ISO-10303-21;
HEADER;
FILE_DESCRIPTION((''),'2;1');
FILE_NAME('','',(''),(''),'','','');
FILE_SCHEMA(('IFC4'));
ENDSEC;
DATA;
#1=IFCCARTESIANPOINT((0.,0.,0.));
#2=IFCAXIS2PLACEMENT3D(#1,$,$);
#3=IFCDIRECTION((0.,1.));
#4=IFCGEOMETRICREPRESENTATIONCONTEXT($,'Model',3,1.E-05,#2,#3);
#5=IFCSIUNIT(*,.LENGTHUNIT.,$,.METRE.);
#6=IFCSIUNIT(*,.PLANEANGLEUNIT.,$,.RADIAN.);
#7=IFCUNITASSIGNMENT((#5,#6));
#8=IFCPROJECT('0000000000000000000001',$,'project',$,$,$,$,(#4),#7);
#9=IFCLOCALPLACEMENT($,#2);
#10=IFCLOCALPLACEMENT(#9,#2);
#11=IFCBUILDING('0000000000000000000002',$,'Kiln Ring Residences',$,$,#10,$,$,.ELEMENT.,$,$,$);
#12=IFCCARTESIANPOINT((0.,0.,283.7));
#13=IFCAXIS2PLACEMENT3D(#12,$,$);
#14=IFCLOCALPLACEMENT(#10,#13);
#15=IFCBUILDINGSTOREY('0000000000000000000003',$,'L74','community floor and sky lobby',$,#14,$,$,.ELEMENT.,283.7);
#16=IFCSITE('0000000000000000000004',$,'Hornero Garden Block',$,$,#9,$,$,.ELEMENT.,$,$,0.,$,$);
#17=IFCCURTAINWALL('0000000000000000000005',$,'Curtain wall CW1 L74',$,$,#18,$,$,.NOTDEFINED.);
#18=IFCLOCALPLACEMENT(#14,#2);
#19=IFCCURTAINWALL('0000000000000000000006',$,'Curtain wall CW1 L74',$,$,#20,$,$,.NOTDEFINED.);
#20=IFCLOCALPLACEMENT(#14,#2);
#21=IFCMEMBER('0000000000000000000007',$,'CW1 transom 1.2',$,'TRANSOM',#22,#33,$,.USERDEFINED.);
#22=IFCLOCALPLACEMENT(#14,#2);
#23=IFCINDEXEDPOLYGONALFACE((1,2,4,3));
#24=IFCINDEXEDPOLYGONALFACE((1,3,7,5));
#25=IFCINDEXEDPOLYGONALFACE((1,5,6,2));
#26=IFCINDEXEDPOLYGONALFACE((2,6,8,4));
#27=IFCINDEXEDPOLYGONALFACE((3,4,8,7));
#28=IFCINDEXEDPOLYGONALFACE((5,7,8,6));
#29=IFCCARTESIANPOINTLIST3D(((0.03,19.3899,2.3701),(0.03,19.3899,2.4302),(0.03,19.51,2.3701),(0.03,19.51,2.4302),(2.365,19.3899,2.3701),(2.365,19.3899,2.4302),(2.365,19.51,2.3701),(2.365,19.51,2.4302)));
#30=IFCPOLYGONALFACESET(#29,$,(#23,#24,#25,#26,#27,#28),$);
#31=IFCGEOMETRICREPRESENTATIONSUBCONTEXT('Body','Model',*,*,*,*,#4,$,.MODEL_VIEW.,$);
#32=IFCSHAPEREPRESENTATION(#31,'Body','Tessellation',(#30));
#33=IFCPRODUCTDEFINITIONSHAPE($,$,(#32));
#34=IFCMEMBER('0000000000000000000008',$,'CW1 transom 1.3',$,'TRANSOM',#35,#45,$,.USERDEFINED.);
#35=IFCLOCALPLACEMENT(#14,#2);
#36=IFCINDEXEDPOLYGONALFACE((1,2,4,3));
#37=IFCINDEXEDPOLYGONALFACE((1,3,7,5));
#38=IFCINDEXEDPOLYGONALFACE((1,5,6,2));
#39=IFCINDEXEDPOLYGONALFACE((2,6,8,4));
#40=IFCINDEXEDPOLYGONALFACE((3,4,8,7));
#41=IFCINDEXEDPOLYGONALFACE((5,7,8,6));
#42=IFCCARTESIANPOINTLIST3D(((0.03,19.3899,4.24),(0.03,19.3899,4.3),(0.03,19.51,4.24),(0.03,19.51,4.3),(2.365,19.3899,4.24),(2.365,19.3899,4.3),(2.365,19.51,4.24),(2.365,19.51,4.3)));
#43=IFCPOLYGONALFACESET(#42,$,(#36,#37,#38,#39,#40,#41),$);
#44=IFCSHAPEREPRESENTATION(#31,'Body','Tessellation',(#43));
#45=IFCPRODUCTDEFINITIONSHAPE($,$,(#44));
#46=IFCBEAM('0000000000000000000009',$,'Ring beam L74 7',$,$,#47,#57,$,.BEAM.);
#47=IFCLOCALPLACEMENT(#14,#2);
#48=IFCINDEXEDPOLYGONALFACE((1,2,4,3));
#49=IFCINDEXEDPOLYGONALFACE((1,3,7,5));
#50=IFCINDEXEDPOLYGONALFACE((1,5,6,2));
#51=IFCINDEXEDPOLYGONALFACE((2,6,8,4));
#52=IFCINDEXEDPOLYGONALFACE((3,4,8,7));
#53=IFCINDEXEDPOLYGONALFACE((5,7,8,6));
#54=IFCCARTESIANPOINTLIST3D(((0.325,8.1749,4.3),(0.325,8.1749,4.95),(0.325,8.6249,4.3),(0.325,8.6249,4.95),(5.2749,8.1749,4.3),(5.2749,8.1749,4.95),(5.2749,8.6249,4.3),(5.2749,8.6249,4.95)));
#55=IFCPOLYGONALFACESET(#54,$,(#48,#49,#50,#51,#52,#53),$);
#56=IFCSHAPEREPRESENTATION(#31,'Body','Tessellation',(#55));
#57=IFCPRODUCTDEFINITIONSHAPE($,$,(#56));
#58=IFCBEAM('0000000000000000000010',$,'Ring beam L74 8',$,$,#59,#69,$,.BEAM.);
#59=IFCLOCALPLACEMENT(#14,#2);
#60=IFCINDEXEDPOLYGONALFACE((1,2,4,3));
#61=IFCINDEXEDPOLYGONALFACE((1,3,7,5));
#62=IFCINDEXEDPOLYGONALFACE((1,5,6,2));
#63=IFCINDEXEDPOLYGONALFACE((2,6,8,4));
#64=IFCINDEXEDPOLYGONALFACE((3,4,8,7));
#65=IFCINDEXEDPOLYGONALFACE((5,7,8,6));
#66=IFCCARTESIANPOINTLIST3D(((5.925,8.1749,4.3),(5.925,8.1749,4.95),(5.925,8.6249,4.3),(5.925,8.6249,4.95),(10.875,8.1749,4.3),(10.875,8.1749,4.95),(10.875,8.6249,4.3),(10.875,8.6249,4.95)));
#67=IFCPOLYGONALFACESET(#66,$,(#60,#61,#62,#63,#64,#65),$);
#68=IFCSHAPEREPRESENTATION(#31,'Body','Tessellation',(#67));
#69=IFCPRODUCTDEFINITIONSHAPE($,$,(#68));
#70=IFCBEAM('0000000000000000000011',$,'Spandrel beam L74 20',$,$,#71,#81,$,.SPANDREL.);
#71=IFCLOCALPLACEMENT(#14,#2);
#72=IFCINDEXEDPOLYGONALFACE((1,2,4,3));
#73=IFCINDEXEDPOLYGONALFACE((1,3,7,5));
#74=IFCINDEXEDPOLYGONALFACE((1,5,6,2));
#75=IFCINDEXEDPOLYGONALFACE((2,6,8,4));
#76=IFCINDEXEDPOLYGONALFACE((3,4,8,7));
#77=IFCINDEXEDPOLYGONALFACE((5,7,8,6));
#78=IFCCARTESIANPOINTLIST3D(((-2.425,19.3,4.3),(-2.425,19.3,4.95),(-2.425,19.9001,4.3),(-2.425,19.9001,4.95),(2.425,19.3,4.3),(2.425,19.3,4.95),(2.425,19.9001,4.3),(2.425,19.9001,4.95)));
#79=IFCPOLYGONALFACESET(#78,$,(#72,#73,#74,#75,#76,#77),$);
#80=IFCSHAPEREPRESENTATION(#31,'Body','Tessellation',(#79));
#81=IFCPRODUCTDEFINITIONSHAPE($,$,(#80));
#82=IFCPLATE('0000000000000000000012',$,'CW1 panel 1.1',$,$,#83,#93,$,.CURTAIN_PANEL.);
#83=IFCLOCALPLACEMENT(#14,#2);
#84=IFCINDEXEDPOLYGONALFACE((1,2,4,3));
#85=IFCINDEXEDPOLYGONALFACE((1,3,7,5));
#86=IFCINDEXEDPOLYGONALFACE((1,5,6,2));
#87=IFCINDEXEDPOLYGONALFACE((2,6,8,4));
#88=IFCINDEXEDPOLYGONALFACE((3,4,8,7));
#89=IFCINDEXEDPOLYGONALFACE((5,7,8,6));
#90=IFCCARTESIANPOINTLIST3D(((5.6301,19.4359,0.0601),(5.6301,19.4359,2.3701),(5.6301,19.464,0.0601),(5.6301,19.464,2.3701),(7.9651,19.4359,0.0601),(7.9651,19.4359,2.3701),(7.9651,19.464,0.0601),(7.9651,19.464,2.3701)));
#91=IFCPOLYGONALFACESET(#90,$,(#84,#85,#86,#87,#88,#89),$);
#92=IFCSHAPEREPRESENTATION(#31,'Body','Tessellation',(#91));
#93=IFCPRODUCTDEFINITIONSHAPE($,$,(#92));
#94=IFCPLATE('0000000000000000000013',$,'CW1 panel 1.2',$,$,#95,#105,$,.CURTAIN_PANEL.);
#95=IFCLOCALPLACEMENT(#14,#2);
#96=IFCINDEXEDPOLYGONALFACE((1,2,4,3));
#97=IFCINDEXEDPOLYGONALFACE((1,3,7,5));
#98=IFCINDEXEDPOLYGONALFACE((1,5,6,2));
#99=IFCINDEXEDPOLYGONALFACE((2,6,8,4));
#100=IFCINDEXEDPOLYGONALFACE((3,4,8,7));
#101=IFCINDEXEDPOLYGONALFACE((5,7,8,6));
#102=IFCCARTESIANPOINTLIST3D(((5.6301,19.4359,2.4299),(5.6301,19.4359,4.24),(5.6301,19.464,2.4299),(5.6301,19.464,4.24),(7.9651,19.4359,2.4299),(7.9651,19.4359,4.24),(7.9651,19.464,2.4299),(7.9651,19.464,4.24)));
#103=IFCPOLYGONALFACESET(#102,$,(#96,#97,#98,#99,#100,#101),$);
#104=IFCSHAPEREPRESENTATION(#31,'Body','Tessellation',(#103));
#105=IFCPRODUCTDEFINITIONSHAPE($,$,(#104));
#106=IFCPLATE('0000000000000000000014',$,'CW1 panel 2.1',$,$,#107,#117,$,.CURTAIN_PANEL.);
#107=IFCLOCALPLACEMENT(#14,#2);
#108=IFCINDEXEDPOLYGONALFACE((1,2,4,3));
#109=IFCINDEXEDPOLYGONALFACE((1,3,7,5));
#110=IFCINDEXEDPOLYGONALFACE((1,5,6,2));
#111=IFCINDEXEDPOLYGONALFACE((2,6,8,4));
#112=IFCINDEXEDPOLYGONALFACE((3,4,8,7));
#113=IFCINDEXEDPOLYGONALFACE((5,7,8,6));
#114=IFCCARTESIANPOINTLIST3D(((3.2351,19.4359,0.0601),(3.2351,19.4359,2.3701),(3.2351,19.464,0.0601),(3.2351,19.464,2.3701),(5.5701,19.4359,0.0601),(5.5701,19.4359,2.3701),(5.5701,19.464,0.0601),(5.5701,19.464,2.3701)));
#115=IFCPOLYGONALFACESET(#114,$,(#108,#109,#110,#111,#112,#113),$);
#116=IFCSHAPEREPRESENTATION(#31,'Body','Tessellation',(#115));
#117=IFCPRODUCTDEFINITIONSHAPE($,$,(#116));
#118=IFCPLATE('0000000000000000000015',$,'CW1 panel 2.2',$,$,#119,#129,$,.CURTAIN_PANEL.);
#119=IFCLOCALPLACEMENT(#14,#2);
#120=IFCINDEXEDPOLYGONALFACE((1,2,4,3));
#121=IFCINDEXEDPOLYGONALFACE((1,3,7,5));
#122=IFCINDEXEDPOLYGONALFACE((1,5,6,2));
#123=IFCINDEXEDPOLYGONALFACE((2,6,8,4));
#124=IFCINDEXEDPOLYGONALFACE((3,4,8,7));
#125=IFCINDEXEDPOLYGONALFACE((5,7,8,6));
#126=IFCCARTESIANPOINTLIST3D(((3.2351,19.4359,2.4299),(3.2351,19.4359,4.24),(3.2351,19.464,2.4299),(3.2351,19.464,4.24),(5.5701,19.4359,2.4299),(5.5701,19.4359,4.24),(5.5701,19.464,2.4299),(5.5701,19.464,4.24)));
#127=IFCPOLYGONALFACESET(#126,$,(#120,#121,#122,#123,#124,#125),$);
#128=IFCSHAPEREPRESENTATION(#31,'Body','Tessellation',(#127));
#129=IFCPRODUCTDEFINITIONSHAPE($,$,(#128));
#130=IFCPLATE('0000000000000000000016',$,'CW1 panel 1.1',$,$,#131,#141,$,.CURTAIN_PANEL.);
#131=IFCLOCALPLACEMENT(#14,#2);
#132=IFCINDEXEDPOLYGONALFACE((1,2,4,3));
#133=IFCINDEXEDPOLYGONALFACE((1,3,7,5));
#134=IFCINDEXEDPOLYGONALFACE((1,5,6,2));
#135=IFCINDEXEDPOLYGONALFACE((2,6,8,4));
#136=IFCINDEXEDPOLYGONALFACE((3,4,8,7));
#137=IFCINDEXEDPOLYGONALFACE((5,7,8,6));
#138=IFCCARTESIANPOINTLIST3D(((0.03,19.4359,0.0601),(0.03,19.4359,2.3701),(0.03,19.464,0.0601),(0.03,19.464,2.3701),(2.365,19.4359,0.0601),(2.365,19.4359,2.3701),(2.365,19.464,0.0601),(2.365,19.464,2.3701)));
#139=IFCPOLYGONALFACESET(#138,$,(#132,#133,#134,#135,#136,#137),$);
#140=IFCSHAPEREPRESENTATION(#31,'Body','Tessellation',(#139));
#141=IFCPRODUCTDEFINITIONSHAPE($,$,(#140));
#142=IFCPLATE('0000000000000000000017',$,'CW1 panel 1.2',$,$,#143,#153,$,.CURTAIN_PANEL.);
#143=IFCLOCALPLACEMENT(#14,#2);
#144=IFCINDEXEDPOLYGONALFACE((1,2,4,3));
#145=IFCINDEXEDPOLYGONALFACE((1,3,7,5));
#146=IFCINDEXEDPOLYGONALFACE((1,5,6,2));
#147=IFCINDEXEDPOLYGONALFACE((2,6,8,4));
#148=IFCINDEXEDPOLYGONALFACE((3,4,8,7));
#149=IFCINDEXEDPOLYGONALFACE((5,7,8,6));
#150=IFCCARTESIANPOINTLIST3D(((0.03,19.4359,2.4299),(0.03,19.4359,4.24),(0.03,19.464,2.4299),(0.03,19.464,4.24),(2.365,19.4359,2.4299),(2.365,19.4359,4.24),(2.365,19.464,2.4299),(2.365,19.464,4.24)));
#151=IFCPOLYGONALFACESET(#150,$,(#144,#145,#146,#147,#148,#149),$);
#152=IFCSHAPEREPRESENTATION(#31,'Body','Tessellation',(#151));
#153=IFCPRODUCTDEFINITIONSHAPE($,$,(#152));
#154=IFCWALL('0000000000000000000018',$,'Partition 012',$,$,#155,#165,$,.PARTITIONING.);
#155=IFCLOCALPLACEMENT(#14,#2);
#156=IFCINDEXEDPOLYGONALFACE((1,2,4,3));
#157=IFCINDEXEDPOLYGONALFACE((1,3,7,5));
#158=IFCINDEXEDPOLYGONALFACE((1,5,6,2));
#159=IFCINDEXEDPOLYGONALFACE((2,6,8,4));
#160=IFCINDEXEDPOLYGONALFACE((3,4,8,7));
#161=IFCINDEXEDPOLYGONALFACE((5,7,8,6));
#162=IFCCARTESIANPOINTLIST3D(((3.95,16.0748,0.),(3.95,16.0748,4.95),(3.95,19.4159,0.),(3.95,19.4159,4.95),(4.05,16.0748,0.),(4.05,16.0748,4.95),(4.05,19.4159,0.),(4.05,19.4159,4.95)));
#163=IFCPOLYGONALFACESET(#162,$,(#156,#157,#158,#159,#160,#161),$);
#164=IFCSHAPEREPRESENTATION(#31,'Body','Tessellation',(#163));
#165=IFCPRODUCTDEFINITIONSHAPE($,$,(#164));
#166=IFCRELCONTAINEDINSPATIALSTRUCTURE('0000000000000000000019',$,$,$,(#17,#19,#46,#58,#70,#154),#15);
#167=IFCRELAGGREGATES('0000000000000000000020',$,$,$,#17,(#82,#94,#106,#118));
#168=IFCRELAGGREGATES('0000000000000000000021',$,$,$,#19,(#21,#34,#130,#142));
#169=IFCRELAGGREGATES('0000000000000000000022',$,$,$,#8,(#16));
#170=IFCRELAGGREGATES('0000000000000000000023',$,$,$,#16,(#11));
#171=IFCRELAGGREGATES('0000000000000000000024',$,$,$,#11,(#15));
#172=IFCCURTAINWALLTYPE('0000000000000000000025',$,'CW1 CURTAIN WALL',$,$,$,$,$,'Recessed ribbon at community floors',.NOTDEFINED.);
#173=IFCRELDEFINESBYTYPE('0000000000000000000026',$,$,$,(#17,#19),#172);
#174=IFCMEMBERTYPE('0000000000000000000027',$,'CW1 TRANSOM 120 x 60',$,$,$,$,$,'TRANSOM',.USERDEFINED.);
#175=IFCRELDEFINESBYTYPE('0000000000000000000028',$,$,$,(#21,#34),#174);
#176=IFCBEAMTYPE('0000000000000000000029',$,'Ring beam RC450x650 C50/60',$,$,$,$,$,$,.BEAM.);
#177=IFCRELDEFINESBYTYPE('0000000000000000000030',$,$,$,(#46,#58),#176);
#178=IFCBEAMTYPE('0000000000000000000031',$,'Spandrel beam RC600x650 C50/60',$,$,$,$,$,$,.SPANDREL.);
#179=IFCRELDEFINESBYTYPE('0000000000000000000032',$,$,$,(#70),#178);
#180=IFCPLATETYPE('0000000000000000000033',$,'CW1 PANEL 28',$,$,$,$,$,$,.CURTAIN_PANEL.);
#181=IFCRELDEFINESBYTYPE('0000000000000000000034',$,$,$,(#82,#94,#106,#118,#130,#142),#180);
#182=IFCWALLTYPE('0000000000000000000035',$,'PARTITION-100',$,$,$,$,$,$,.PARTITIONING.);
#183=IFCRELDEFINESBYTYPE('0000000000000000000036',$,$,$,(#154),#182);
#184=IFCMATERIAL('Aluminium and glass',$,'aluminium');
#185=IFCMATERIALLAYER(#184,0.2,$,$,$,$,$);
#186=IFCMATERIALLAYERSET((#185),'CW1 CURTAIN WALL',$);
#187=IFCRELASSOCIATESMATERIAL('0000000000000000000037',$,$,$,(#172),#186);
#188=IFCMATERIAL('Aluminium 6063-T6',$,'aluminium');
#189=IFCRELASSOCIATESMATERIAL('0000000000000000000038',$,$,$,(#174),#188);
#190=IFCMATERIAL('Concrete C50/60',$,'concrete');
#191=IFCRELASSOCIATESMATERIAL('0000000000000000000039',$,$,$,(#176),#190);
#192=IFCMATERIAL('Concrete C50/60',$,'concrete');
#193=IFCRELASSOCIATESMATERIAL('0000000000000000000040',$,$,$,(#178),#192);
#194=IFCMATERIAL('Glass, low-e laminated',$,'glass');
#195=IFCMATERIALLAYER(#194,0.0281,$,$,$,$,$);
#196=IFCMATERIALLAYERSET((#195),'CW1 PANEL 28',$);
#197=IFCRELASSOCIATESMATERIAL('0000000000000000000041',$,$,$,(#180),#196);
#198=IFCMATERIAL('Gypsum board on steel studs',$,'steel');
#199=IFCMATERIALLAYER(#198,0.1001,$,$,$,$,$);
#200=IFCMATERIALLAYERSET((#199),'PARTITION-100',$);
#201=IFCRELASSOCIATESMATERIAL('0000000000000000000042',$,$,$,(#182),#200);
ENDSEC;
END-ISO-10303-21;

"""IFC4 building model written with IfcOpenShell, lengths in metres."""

from ifc_helpers import new_model, si_unit, direction, frame, frame_2d, origin, origin_2d, place, context, subcontext, project, spatial, rectangle, extrude, material, layer, layer_set, material_profile, profile_set, type_object, element, aggregate, save


model = new_model("IFC4")

# Units and contexts
model_context = context("Model", 3, precision=1e-05, world=origin(), true_north=direction((0.0, 1.0)))
body_context = subcontext(model_context, "Body", "Model", "MODEL_VIEW")
ifc_project = project(units=[si_unit("LENGTHUNIT", "METRE"), si_unit("PLANEANGLEUNIT", "RADIAN")], contexts=[model_context])

# Site, building, storey
site_placement = place(None, origin())
site = spatial("IfcSite", under=ifc_project, at=site_placement, Name="Hornero Garden Block", CompositionType="ELEMENT", RefElevation=0.0)
building_placement = place(site_placement, origin())
building = spatial("IfcBuilding", under=site, at=building_placement, Name="Kiln Ring Residences", CompositionType="ELEMENT")
storey_placement = place(building_placement, frame((0.0, 0.0, 283.7)))
storey = spatial("IfcBuildingStorey", under=building, at=storey_placement, Name="L74", Description="community floor and sky lobby", CompositionType="ELEMENT", Elevation=283.7)

# Curtain walls
ifc_material_1 = material(Name="Aluminium and glass", Category="aluminium")
ifc_layer_1 = layer(ifc_material_1, 0.2)
ifc_layer_set_1 = layer_set([ifc_layer_1], Name="CW1 CURTAIN WALL")
curtain_wall_type = type_object("IfcCurtainWallType", Name="CW1 CURTAIN WALL", ElementType="Recessed ribbon at community floors", PredefinedType="NOTDEFINED", material=ifc_layer_set_1)
placement = place(storey_placement, origin())
curtain_wall_1 = element("IfcCurtainWall", 1, at=placement, inside=storey, type_object=curtain_wall_type, Name="Curtain wall CW1 L74", PredefinedType="NOTDEFINED")
curtain_wall_2 = element("IfcCurtainWall", 2, at=placement, inside=storey, type_object=curtain_wall_type, Name="Curtain wall CW1 L74", PredefinedType="NOTDEFINED")

# Members
ifc_material_2 = material(Name="Aluminium 6063-T6", Category="aluminium")
ifc_material_profile_1 = material_profile(ifc_material_2, rectangle(XDim=0.1201, YDim=0.0601, at=origin_2d()), Name="AL 120x60")
ifc_profile_set_1 = profile_set([ifc_material_profile_1], Name="Aluminium 6063-T6")
member_type_1 = type_object("IfcMemberType", Name="CW1 TRANSOM 120 x 60", ElementType="TRANSOM", PredefinedType="USERDEFINED", material=ifc_profile_set_1)
member_1_placement = place(storey_placement, frame((2.365, 19.45, 2.4001), z_axis=(-1.0, 0.0, 0.0), x_axis=(0.0, -1.0, 0.0)))
member_1 = element("IfcMember", 3, at=member_1_placement, type_object=member_type_1, Name="CW1 transom 1.2", ObjectType="TRANSOM", PredefinedType="USERDEFINED", context=body_context, shape_type="SweptSolid", body=[
    extrude(rectangle(XDim=0.1201, YDim=0.0601, at=origin_2d()), origin(), (0.0, 0.0, 1.0), 2.335),
])
member_2_placement = place(storey_placement, frame((2.365, 19.45, 4.27), z_axis=(-1.0, 0.0, 0.0), x_axis=(0.0, -1.0, 0.0)))
member_2 = element("IfcMember", 4, at=member_2_placement, type_object=member_type_1, Name="CW1 transom 1.3", ObjectType="TRANSOM", PredefinedType="USERDEFINED", context=body_context, shape_type="SweptSolid", body=[
    extrude(rectangle(XDim=0.1201, YDim=0.0601, at=origin_2d()), origin(), (0.0, 0.0, 1.0), 2.335),
])

# Beams
ifc_material_3 = material(Name="Concrete C50/60", Category="concrete")
ifc_material_profile_2 = material_profile(ifc_material_3, rectangle(XDim=0.45, YDim=0.6499, at=origin_2d()), Name="RC450x650")
ifc_profile_set_2 = profile_set([ifc_material_profile_2], Name="Concrete C50/60")
beam_type_1 = type_object("IfcBeamType", Name="Ring beam RC450x650 C50/60", PredefinedType="BEAM", material=ifc_profile_set_2)
for number, where, z_axis, x_axis, name in (
    (5, (0.325, 8.3999, 4.625), (1.0, 0.0, 0.0), (0.0, 1.0, 0.0), "Ring beam L74 7"),
    (6, (5.925, 8.3999, 4.625), (1.0, 0.0, 0.0), (0.0, 1.0, 0.0), "Ring beam L74 8"),
):
    element("IfcBeam", number, at=place(storey_placement, frame(where, z_axis=z_axis, x_axis=x_axis)), inside=storey, type_object=beam_type_1, Name=name, PredefinedType="BEAM", context=body_context, shape_type="SweptSolid", body=[
        extrude(rectangle(XDim=0.45, YDim=0.6499, at=origin_2d()), origin(), (0.0, 0.0, 1.0), 4.95),
    ])
ifc_material_4 = material(Name="Concrete C50/60", Category="concrete")
ifc_material_profile_3 = material_profile(ifc_material_4, rectangle(XDim=0.6001, YDim=0.6499, at=origin_2d()), Name="RC600x650")
ifc_profile_set_3 = profile_set([ifc_material_profile_3], Name="Concrete C50/60")
beam_type_2 = type_object("IfcBeamType", Name="Spandrel beam RC600x650 C50/60", PredefinedType="SPANDREL", material=ifc_profile_set_3)
beam_placement = place(storey_placement, frame((2.425, 19.6001, 4.625), z_axis=(-1.0, 0.0, 0.0), x_axis=(0.0, -1.0, 0.0)))
element("IfcBeam", 7, at=beam_placement, inside=storey, type_object=beam_type_2, Name="Spandrel beam L74 20", PredefinedType="SPANDREL", context=body_context, shape_type="SweptSolid", body=[
    extrude(rectangle(XDim=0.6001, YDim=0.6499, at=origin_2d()), origin(), (0.0, 0.0, 1.0), 4.8501),
])

# Plates
ifc_material_5 = material(Name="Glass, low-e laminated", Category="glass")
ifc_layer_2 = layer(ifc_material_5, 0.0281)
ifc_layer_set_2 = layer_set([ifc_layer_2], Name="CW1 PANEL 28")
plate_type = type_object("IfcPlateType", Name="CW1 PANEL 28", PredefinedType="CURTAIN_PANEL", material=ifc_layer_set_2)
plate_1_placement = place(storey_placement, frame((6.7976, 19.45, 0.0601), z_axis=(0.0, 0.0, 1.0), x_axis=(-1.0, 0.0, 0.0)))
plate_1 = element("IfcPlate", 8, at=plate_1_placement, type_object=plate_type, Name="CW1 panel 1.1", PredefinedType="CURTAIN_PANEL", context=body_context, shape_type="SweptSolid", body=[
    extrude(rectangle(XDim=2.335, YDim=0.0281, at=origin_2d()), origin(), (0.0, 0.0, 1.0), 2.3101),
])
plate_2_placement = place(storey_placement, frame((6.7976, 19.45, 2.4299), z_axis=(0.0, 0.0, 1.0), x_axis=(-1.0, 0.0, 0.0)))
plate_2 = element("IfcPlate", 9, at=plate_2_placement, type_object=plate_type, Name="CW1 panel 1.2", PredefinedType="CURTAIN_PANEL", context=body_context, shape_type="SweptSolid", body=[
    extrude(rectangle(XDim=2.335, YDim=0.0281, at=origin_2d()), origin(), (0.0, 0.0, 1.0), 1.8101),
])
plate_3_placement = place(storey_placement, frame((4.4026, 19.45, 0.0601), z_axis=(0.0, 0.0, 1.0), x_axis=(-1.0, 0.0, 0.0)))
plate_3 = element("IfcPlate", 10, at=plate_3_placement, type_object=plate_type, Name="CW1 panel 2.1", PredefinedType="CURTAIN_PANEL", context=body_context, shape_type="SweptSolid", body=[
    extrude(rectangle(XDim=2.335, YDim=0.0281, at=origin_2d()), origin(), (0.0, 0.0, 1.0), 2.3101),
])
plate_4_placement = place(storey_placement, frame((4.4026, 19.45, 2.4299), z_axis=(0.0, 0.0, 1.0), x_axis=(-1.0, 0.0, 0.0)))
plate_4 = element("IfcPlate", 11, at=plate_4_placement, type_object=plate_type, Name="CW1 panel 2.2", PredefinedType="CURTAIN_PANEL", context=body_context, shape_type="SweptSolid", body=[
    extrude(rectangle(XDim=2.335, YDim=0.0281, at=origin_2d()), origin(), (0.0, 0.0, 1.0), 1.8101),
])
aggregate(curtain_wall_1, [plate_1, plate_2, plate_3, plate_4])
plate_5_placement = place(storey_placement, frame((1.1975, 19.45, 0.0601), z_axis=(0.0, 0.0, 1.0), x_axis=(-1.0, 0.0, 0.0)))
plate_5 = element("IfcPlate", 12, at=plate_5_placement, type_object=plate_type, Name="CW1 panel 1.1", PredefinedType="CURTAIN_PANEL", context=body_context, shape_type="SweptSolid", body=[
    extrude(rectangle(XDim=2.335, YDim=0.0281, at=origin_2d()), origin(), (0.0, 0.0, 1.0), 2.3101),
])
plate_6_placement = place(storey_placement, frame((1.1975, 19.45, 2.4299), z_axis=(0.0, 0.0, 1.0), x_axis=(-1.0, 0.0, 0.0)))
plate_6 = element("IfcPlate", 13, at=plate_6_placement, type_object=plate_type, Name="CW1 panel 1.2", PredefinedType="CURTAIN_PANEL", context=body_context, shape_type="SweptSolid", body=[
    extrude(rectangle(XDim=2.335, YDim=0.0281, at=origin_2d()), origin(), (0.0, 0.0, 1.0), 1.8101),
])
aggregate(curtain_wall_2, [member_1, member_2, plate_5, plate_6])

# Wall
ifc_material_6 = material(Name="Gypsum board on steel studs", Category="steel")
ifc_layer_3 = layer(ifc_material_6, 0.1001)
ifc_layer_set_3 = layer_set([ifc_layer_3], Name="PARTITION-100")
wall_type = type_object("IfcWallType", Name="PARTITION-100", PredefinedType="PARTITIONING", material=ifc_layer_set_3)
wall_placement = place(storey_placement, frame((4.0, 16.075, 0.0), z_axis=(0.0, 0.0, 1.0), x_axis=(0.0, 1.0, 0.0)))
element("IfcWall", 14, at=wall_placement, inside=storey, type_object=wall_type, Name="Partition 012", PredefinedType="PARTITIONING", context=body_context, shape_type="SweptSolid", body=[
    extrude(rectangle(XDim=3.3411, YDim=0.1001, at=frame_2d((1.6704, 0.0))), origin(), (0.0, 0.0, 1.0), 4.95),
])

save(model, "model.ifc")
